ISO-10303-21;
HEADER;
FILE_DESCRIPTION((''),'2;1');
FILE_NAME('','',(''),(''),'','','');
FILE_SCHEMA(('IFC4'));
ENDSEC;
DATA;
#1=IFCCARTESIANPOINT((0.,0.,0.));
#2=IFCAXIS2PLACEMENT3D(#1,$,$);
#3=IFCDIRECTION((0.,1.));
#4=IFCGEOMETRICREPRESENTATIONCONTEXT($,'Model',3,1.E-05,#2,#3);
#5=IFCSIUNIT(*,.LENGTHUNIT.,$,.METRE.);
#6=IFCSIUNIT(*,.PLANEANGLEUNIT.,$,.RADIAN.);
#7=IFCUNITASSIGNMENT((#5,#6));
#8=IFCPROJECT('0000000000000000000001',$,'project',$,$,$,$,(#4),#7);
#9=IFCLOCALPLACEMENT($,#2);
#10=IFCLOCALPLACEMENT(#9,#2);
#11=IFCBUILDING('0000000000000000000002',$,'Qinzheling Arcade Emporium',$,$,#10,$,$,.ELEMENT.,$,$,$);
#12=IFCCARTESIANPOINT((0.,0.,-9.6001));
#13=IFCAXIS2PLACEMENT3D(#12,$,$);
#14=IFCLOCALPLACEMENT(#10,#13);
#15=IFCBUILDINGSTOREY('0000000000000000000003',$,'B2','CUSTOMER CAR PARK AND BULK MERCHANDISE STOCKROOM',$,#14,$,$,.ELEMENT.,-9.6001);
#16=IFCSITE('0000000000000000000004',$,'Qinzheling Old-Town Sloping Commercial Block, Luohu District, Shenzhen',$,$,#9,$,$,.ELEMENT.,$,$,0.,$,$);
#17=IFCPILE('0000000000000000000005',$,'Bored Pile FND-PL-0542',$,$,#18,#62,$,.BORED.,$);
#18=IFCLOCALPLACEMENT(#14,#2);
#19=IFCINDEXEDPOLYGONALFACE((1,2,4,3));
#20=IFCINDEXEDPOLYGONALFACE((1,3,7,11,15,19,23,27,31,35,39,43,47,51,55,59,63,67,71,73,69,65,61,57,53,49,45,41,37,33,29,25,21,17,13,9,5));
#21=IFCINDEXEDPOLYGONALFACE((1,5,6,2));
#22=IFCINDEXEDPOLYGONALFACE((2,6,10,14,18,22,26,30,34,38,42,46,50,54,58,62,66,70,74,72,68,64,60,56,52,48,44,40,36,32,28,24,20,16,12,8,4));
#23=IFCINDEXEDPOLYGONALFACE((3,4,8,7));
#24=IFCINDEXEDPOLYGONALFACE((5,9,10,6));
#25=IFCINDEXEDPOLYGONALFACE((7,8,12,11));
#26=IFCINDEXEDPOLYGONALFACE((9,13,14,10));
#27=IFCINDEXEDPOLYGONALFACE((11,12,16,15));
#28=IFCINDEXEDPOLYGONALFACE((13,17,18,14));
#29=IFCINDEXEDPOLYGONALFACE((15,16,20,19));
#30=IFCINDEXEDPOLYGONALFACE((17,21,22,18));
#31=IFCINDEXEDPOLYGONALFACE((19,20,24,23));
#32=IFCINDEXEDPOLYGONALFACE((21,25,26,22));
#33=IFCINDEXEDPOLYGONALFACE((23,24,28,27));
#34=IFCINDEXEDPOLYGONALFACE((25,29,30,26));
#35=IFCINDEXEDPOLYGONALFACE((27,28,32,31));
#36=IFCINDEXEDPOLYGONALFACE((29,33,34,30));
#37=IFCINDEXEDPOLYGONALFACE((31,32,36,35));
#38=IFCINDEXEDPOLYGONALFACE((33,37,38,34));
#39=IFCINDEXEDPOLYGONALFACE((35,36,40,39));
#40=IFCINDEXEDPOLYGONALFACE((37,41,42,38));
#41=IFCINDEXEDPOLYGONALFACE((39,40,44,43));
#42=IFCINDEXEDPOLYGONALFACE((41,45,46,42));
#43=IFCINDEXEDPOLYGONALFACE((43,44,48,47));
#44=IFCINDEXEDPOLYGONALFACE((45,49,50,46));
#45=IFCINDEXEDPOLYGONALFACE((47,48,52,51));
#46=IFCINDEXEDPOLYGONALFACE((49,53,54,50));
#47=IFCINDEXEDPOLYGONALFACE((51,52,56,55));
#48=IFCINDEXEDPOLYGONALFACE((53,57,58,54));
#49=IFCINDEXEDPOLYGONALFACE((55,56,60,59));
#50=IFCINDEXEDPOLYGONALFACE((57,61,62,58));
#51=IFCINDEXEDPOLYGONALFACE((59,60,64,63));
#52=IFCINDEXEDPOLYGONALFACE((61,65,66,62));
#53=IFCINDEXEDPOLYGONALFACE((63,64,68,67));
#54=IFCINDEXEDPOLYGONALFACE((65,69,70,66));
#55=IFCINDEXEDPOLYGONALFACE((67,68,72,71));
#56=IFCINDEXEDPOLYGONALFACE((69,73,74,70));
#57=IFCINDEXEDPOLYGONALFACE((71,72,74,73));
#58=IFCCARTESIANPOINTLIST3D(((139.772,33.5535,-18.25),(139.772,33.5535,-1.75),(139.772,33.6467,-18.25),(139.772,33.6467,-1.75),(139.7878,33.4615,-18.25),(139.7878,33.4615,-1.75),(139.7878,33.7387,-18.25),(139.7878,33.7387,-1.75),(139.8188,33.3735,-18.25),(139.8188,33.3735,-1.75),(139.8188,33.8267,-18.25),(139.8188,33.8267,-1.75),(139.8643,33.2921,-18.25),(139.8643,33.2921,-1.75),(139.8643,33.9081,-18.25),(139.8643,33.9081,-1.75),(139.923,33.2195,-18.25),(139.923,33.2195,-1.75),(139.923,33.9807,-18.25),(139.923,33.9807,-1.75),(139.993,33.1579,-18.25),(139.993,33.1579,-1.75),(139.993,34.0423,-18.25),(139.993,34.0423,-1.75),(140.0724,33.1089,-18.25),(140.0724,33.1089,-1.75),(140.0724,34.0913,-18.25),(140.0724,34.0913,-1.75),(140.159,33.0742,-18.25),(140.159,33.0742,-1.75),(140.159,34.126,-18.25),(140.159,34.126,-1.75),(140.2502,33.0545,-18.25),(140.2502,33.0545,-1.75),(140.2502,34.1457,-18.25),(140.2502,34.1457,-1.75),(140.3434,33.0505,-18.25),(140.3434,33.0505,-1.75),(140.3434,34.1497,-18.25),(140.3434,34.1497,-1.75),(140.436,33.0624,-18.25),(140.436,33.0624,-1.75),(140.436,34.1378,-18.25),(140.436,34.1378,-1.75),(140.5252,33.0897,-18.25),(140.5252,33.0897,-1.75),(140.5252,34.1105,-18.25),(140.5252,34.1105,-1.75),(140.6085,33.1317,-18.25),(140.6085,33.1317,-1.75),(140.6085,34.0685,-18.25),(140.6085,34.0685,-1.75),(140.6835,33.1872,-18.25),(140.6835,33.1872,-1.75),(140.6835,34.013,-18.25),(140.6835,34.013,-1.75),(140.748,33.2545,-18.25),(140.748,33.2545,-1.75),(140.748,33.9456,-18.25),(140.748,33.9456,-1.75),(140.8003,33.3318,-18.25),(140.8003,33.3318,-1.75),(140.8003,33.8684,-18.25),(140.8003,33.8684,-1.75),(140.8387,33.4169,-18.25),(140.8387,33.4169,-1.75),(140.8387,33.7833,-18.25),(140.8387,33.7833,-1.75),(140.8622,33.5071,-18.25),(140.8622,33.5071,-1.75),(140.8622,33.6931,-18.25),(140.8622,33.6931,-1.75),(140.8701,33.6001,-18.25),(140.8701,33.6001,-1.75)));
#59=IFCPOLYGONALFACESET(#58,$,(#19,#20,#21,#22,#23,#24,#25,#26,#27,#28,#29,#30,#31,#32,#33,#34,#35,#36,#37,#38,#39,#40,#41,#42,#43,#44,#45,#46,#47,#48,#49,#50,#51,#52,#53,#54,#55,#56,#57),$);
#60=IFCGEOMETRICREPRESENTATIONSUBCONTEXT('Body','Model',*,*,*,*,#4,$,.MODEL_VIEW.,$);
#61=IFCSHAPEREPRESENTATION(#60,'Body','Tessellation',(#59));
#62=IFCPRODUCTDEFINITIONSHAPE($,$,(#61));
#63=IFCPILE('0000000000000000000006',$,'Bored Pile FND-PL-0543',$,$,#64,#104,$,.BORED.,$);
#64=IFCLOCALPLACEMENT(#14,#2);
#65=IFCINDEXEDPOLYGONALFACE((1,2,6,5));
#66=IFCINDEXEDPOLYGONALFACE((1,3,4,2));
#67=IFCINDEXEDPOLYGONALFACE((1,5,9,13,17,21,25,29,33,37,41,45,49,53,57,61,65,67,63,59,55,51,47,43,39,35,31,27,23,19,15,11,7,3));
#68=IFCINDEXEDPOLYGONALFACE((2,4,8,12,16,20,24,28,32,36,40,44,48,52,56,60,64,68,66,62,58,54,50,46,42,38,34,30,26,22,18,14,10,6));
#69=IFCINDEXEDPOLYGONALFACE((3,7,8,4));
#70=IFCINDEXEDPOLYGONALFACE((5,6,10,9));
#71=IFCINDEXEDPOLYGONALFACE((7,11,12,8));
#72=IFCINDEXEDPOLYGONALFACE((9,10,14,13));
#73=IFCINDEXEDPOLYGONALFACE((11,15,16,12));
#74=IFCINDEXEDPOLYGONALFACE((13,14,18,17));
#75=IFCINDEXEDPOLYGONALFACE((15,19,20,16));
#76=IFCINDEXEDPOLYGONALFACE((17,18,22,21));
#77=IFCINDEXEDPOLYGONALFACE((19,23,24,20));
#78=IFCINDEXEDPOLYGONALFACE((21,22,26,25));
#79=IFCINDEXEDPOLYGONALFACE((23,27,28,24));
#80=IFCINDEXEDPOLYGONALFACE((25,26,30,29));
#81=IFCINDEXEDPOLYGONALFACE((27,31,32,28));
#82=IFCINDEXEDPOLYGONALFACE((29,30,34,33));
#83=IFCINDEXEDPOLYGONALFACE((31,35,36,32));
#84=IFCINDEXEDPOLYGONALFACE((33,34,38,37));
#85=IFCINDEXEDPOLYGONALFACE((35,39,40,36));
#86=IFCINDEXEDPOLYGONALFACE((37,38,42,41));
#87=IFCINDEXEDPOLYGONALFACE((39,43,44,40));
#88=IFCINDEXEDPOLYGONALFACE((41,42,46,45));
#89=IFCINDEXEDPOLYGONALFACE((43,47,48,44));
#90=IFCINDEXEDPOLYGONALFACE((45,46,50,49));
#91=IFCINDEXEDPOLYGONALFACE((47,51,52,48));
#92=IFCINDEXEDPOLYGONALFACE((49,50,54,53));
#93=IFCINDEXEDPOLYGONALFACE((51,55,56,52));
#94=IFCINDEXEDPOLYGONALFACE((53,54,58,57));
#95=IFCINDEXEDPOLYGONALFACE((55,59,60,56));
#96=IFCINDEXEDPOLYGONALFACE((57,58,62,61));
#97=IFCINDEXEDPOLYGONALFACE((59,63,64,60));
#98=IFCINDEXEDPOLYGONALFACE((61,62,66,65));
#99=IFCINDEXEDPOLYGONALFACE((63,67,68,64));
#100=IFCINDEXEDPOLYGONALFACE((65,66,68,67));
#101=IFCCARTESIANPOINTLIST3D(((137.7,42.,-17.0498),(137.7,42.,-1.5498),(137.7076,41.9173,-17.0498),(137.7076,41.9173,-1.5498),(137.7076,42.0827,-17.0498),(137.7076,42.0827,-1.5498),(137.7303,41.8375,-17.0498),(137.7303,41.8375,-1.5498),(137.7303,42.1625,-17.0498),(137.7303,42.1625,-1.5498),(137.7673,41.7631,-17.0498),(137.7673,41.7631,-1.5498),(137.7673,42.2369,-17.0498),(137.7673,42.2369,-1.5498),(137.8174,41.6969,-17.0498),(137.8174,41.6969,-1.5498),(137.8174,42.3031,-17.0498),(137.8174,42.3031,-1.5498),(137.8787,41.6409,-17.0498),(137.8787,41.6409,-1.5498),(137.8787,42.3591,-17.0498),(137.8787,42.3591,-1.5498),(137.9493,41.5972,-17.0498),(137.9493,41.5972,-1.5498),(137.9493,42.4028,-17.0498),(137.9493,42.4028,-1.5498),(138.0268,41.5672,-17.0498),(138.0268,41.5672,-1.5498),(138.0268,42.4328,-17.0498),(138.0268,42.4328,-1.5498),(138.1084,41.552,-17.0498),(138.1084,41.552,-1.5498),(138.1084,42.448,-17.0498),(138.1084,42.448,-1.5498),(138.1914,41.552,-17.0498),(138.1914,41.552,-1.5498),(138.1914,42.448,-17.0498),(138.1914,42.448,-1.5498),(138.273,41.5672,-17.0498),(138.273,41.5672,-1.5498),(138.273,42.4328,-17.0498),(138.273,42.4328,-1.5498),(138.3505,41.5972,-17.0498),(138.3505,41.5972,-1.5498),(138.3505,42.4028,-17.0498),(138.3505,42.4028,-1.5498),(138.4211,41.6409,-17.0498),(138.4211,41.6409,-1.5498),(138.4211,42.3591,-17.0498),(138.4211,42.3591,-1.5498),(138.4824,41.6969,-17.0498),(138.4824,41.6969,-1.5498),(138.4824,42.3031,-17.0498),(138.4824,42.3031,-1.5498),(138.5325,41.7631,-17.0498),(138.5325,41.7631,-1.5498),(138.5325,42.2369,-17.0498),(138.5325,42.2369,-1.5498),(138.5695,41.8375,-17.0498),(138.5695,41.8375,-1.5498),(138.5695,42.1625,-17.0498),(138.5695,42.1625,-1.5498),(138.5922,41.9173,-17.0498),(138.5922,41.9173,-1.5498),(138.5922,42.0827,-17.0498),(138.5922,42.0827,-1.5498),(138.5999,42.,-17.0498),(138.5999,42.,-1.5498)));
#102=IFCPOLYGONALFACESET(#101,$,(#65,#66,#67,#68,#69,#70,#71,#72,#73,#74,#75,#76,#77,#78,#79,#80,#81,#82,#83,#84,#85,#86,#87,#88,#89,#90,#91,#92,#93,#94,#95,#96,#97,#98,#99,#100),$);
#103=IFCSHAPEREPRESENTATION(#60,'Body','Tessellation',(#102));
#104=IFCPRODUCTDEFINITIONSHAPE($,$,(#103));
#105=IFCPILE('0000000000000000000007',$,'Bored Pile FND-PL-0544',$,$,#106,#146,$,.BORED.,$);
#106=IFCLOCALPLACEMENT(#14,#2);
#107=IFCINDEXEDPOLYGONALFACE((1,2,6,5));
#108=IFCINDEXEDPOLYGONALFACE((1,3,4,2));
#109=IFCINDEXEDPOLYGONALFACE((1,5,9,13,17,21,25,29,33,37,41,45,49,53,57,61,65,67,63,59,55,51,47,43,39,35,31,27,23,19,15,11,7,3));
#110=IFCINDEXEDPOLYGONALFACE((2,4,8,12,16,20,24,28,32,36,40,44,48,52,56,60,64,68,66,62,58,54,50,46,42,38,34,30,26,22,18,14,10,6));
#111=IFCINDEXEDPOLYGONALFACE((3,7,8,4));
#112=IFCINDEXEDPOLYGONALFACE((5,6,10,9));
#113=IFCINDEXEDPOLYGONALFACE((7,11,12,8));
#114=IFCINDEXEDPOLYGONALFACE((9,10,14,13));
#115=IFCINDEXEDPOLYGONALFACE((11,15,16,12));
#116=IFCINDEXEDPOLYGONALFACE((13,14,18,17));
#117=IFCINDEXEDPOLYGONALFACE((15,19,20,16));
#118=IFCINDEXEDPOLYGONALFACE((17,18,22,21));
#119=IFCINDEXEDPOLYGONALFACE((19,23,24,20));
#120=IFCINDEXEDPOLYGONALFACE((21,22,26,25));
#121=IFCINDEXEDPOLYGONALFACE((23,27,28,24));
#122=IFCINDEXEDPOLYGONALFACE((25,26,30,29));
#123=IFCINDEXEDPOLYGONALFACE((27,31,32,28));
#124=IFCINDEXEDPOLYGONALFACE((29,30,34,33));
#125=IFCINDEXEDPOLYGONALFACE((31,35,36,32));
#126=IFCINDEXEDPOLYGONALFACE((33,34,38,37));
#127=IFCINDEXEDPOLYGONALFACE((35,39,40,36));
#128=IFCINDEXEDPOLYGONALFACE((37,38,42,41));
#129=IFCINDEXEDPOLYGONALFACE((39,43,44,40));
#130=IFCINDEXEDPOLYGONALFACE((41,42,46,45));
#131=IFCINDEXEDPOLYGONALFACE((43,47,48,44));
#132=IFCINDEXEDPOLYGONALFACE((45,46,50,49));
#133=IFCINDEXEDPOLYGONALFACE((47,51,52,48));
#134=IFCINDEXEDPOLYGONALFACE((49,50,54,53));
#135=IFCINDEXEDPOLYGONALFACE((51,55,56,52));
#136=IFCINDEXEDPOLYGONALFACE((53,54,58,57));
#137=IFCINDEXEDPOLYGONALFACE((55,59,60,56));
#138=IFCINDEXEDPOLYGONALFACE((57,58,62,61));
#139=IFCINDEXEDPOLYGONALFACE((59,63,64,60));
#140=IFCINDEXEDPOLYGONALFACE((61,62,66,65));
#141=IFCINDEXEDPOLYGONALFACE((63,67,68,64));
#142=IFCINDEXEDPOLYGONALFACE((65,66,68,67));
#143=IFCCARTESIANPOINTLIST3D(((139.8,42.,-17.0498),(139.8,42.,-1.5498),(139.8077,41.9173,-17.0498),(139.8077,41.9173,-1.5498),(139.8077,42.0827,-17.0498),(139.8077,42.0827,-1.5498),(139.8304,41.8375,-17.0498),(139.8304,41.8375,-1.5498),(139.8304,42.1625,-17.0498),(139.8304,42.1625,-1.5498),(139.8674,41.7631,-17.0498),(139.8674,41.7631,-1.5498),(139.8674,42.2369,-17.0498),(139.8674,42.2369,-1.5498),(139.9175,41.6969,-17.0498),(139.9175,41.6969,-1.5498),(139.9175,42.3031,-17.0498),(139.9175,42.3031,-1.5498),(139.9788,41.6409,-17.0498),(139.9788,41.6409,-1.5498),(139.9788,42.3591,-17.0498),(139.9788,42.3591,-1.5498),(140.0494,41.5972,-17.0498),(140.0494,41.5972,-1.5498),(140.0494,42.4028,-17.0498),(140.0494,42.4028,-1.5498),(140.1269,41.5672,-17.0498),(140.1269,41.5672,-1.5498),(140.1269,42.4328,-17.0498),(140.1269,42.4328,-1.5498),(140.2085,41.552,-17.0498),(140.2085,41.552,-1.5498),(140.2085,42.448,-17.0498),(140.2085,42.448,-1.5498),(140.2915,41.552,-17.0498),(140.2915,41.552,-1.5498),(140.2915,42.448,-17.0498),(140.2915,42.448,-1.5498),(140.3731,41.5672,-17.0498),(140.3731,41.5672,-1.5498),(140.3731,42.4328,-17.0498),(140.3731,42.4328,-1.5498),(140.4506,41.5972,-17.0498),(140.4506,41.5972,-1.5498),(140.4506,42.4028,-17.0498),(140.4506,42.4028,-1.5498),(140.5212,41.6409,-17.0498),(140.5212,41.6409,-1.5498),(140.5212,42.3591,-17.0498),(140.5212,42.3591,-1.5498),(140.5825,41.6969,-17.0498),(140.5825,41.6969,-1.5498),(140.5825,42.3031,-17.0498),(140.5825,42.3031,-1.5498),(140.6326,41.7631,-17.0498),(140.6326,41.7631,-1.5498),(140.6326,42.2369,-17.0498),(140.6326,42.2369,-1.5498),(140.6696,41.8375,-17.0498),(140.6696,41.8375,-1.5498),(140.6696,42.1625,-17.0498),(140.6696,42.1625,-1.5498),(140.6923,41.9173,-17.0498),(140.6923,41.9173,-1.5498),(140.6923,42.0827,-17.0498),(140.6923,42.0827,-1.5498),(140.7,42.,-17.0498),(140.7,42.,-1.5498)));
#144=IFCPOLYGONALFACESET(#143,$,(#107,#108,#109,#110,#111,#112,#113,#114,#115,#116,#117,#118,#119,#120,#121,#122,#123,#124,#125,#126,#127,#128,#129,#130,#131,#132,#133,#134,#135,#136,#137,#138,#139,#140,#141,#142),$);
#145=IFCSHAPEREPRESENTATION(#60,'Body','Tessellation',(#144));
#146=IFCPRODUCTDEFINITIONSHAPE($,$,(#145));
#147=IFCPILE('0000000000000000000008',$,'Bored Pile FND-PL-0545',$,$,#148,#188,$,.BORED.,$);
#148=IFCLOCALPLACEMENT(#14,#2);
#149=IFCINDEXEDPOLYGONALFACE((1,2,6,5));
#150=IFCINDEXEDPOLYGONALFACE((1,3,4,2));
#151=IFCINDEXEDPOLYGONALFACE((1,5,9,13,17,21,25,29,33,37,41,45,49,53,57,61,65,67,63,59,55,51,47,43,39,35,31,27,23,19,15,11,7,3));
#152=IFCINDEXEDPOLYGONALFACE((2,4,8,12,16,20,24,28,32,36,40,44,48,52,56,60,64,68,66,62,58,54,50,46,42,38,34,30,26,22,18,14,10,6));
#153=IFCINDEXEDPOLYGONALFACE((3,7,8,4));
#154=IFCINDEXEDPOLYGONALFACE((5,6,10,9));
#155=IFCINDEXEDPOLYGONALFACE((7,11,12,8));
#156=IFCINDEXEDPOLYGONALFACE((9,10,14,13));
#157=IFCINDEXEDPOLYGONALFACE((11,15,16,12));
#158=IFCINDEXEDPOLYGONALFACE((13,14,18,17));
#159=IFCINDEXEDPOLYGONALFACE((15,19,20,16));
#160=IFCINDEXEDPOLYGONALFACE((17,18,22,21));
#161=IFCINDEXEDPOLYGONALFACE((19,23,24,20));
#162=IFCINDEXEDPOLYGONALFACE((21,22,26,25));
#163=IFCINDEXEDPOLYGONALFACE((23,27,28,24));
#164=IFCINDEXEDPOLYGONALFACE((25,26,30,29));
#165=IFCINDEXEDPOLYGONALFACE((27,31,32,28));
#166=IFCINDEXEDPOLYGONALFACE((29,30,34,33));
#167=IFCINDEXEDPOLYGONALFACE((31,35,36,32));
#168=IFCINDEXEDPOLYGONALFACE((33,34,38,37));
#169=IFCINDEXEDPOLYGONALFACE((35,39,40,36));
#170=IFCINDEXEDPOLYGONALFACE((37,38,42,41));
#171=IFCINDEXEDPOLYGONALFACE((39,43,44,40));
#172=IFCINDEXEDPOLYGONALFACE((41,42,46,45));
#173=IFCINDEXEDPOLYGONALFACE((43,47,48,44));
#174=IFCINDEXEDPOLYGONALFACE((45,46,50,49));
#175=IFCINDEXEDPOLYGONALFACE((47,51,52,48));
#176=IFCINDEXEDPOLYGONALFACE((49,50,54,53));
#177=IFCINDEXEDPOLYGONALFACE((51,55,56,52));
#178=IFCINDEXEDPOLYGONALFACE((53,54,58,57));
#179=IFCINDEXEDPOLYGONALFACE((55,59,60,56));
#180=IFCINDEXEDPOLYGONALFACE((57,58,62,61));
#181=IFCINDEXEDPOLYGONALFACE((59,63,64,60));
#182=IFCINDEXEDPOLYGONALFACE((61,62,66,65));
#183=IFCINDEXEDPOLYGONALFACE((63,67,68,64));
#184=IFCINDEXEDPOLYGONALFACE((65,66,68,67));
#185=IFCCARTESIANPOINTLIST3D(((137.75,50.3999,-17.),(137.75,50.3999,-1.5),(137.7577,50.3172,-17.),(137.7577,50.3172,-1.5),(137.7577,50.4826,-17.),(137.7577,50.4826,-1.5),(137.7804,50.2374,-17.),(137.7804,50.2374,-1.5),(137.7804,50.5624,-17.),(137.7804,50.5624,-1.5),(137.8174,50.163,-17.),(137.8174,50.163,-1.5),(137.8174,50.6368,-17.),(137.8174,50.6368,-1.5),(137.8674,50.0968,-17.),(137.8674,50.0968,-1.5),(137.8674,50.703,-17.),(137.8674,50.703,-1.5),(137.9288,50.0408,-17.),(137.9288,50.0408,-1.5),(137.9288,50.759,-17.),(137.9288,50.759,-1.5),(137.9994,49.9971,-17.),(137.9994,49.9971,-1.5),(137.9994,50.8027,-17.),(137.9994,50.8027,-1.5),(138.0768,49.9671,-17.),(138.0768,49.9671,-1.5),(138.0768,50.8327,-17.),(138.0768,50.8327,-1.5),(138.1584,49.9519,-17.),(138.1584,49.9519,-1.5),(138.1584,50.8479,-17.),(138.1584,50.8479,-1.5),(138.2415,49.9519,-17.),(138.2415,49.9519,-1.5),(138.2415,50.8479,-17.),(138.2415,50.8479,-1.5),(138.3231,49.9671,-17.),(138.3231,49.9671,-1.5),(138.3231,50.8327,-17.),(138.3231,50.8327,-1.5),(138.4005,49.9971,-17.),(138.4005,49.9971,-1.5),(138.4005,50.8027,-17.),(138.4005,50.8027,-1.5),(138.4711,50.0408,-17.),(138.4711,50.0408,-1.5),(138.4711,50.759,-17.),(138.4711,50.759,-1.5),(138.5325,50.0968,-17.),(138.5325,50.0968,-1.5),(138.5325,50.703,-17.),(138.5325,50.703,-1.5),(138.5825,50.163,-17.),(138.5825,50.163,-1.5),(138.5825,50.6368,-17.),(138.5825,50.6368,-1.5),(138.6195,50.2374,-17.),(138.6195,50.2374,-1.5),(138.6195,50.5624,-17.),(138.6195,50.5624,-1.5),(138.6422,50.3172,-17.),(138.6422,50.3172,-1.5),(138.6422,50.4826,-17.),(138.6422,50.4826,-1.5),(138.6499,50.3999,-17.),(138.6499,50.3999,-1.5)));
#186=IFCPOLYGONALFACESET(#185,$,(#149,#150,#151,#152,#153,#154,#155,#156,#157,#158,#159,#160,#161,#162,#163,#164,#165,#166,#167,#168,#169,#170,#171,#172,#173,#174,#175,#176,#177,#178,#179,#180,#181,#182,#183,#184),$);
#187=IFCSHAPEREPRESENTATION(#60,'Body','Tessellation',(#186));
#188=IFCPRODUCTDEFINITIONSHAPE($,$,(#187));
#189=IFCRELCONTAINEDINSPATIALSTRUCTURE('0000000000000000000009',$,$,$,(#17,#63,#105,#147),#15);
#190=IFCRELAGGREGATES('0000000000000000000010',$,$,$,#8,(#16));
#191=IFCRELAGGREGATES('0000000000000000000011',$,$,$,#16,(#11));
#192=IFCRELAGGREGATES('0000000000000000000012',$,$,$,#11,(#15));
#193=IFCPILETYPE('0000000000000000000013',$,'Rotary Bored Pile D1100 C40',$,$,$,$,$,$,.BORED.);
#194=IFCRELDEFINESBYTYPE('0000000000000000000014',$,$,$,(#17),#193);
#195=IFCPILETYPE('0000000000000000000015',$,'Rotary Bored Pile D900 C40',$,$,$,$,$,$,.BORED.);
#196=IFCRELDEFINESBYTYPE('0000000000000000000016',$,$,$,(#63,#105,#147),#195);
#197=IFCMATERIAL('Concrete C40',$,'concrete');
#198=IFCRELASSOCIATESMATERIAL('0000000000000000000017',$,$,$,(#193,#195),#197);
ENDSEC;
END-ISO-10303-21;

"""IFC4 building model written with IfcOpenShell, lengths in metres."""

from ifc_helpers import new_model, si_unit, direction, frame, origin, origin_2d, place, context, subcontext, project, spatial, circle, extrude, material, material_profile, profile_set, type_object, element, save


model = new_model("IFC4")

# Units and contexts
model_context = context("Model", 3, precision=1e-05, world=origin(), true_north=direction((0.0, 1.0)))
body_context = subcontext(model_context, "Body", "Model", "MODEL_VIEW")
ifc_project = project(units=[si_unit("LENGTHUNIT", "METRE"), si_unit("PLANEANGLEUNIT", "RADIAN")], contexts=[model_context])

# Site, building, storey
site_placement = place(None, origin())
site = spatial("IfcSite", under=ifc_project, at=site_placement, Name="Qinzheling Old-Town Sloping Commercial Block, Luohu District, Shenzhen", CompositionType="ELEMENT", RefElevation=0.0)
building_placement = place(site_placement, origin())
building = spatial("IfcBuilding", under=site, at=building_placement, Name="Qinzheling Arcade Emporium", CompositionType="ELEMENT")
storey_placement = place(building_placement, frame((0.0, 0.0, -9.6001)))
storey = spatial("IfcBuildingStorey", under=building, at=storey_placement, Name="B2", Description="CUSTOMER CAR PARK AND BULK MERCHANDISE STOCKROOM", CompositionType="ELEMENT", Elevation=-9.6001)

# Shared definitions
ifc_material_1 = material(Name="Concrete C40", Category="concrete")

# Piles
ifc_material_profile_1 = material_profile(ifc_material_1, circle(Radius=0.55, at=origin_2d()), Name="BORED D1100", Category="concrete")
ifc_profile_set_1 = profile_set([ifc_material_profile_1], Name="Concrete C40")
pile_type_1 = type_object("IfcPileType", Name="Rotary Bored Pile D1100 C40", PredefinedType="BORED", material=ifc_profile_set_1)
for number, where, z_axis, x_axis, name in (
    (1, (140.3201, 33.6001, -1.75), (0.0, 0.0, -1.0), (1.0, 0.0, 0.0), "Bored Pile FND-PL-0542"),
):
    element("IfcPile", number, at=place(storey_placement, frame(where, z_axis=z_axis, x_axis=x_axis)), inside=storey, type_object=pile_type_1, Name=name, PredefinedType="BORED", context=body_context, shape_type="SweptSolid", body=[
        extrude(circle(Radius=0.55, at=origin_2d()), origin(), (0.0, 0.0, 1.0), 16.5),
    ])
ifc_material_profile_2 = material_profile(ifc_material_1, circle(Radius=0.45, at=origin_2d()), Name="BORED D900", Category="concrete")
ifc_profile_set_2 = profile_set([ifc_material_profile_2], Name="Concrete C40")
pile_type_2 = type_object("IfcPileType", Name="Rotary Bored Pile D900 C40", PredefinedType="BORED", material=ifc_profile_set_2)
for number, where, z_axis, x_axis, name in (
    (2, (138.1499, 42.0, -1.5498), (0.0, 0.0, -1.0), (1.0, 0.0, 0.0), "Bored Pile FND-PL-0543"),
    (3, (140.25, 42.0, -1.5498), (0.0, 0.0, -1.0), (1.0, 0.0, 0.0), "Bored Pile FND-PL-0544"),
    (4, (138.2, 50.3999, -1.5), (0.0, 0.0, -1.0), (1.0, 0.0, 0.0), "Bored Pile FND-PL-0545"),
):
    element("IfcPile", number, at=place(storey_placement, frame(where, z_axis=z_axis, x_axis=x_axis)), inside=storey, type_object=pile_type_2, Name=name, PredefinedType="BORED", context=body_context, shape_type="SweptSolid", body=[
        extrude(circle(Radius=0.45, at=origin_2d()), origin(), (0.0, 0.0, 1.0), 15.5),
    ])

save(model, "model.ifc")
